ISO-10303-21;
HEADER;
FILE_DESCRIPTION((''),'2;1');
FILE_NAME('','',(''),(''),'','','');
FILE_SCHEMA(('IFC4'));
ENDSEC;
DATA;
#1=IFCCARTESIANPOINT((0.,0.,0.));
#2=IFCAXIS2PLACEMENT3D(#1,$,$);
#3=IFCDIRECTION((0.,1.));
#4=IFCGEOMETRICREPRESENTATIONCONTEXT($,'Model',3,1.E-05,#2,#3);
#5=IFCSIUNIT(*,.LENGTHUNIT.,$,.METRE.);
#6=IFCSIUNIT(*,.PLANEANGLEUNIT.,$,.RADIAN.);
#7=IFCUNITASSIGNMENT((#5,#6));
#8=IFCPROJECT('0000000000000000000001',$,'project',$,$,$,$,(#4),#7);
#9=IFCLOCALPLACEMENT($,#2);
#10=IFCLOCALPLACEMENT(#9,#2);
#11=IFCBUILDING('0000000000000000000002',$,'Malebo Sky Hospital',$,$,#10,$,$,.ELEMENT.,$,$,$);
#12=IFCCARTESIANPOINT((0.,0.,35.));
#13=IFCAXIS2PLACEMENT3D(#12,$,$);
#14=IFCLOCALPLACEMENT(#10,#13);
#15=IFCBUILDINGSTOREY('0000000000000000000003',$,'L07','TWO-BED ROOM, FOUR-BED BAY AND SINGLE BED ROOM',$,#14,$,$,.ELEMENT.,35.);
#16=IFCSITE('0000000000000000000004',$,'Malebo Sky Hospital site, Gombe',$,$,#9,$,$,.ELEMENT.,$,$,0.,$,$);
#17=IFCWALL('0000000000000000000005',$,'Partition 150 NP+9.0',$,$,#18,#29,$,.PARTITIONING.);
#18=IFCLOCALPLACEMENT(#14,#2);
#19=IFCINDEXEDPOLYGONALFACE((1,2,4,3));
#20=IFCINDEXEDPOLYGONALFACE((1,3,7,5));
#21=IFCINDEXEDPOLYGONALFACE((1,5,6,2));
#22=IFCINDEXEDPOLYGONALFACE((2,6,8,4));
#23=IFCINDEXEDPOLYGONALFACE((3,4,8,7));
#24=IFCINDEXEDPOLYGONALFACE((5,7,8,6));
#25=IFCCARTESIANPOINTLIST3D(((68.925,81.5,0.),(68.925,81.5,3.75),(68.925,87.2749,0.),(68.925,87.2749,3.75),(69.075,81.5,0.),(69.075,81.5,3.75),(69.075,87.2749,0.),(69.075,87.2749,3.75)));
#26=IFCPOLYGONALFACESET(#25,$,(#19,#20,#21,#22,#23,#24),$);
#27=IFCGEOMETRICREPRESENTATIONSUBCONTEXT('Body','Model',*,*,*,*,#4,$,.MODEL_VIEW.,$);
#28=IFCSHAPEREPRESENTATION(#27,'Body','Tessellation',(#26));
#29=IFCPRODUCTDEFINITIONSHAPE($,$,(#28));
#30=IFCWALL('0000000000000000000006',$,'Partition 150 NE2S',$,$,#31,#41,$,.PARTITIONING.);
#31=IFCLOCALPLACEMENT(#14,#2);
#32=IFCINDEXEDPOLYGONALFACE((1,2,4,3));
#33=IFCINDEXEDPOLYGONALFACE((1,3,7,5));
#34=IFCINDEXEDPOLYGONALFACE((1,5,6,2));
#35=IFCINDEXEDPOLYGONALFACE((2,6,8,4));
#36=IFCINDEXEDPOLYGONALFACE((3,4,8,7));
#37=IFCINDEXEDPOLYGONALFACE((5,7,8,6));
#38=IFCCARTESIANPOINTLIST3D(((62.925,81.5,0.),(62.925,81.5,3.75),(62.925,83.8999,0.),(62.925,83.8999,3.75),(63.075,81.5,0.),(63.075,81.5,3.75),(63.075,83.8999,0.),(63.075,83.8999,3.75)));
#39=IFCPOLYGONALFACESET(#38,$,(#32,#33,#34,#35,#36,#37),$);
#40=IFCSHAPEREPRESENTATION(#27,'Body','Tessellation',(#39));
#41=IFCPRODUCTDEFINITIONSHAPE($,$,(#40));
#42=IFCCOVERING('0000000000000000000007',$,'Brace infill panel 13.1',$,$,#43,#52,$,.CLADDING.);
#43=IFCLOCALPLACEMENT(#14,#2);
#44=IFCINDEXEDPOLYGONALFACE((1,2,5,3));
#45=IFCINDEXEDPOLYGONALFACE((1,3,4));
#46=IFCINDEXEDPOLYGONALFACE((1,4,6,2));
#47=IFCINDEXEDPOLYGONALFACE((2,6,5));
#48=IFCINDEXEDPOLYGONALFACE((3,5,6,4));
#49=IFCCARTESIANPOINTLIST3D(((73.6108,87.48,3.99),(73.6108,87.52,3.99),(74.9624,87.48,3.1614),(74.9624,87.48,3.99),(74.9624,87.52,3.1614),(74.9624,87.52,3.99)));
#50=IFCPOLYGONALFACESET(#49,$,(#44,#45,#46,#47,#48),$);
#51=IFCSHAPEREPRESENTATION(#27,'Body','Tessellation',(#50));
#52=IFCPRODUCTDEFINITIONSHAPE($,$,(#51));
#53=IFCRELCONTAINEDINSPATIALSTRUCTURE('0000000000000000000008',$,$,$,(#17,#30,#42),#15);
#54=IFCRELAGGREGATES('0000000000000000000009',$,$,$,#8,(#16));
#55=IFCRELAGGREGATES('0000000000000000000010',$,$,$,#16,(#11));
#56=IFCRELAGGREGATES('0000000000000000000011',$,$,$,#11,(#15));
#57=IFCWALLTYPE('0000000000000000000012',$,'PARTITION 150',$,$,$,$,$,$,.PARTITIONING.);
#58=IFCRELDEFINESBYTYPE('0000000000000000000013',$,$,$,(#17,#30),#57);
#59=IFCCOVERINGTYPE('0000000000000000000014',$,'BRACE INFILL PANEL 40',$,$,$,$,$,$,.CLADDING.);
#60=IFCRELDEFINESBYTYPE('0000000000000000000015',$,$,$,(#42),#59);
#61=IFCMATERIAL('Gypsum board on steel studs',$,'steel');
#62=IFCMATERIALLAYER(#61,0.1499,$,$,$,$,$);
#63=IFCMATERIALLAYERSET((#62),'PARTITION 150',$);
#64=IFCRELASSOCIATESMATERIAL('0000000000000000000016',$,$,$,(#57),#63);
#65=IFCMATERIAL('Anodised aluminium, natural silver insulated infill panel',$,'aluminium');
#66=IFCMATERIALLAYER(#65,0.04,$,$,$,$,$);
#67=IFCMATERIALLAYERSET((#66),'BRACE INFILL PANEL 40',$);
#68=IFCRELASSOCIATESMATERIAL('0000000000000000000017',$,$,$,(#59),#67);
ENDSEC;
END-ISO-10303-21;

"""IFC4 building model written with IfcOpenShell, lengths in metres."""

from ifc_helpers import new_model, si_unit, direction, frame, frame_2d, origin, place, context, subcontext, project, spatial, polyline, rectangle, outline, extrude, material, layer, layer_set, type_object, element, save


model = new_model("IFC4")

# Units and contexts
model_context = context("Model", 3, precision=1e-05, world=origin(), true_north=direction((0.0, 1.0)))
body_context = subcontext(model_context, "Body", "Model", "MODEL_VIEW")
ifc_project = project(units=[si_unit("LENGTHUNIT", "METRE"), si_unit("PLANEANGLEUNIT", "RADIAN")], contexts=[model_context])

# Site, building, storey
site_placement = place(None, origin())
site = spatial("IfcSite", under=ifc_project, at=site_placement, Name="Malebo Sky Hospital site, Gombe", CompositionType="ELEMENT", RefElevation=0.0)
building_placement = place(site_placement, origin())
building = spatial("IfcBuilding", under=site, at=building_placement, Name="Malebo Sky Hospital", CompositionType="ELEMENT")
storey_placement = place(building_placement, frame((0.0, 0.0, 35.0)))
storey = spatial("IfcBuildingStorey", under=building, at=storey_placement, Name="L07", Description="TWO-BED ROOM, FOUR-BED BAY AND SINGLE BED ROOM", CompositionType="ELEMENT", Elevation=35.0)

# Shared definitions
ifc_material_1 = material(Name="Gypsum board on steel studs", Category="steel")

# Walls
ifc_layer_1 = layer(ifc_material_1, 0.1499)
ifc_layer_set_1 = layer_set([ifc_layer_1], Name="PARTITION 150")
wall_type_1 = type_object("IfcWallType", Name="PARTITION 150", PredefinedType="PARTITIONING", material=ifc_layer_set_1)
wall_1_placement = place(storey_placement, frame((69.0, 81.5, 0.0), z_axis=(0.0, 0.0, 1.0), x_axis=(0.0, 1.0, 0.0)))
element("IfcWall", 1, at=wall_1_placement, inside=storey, type_object=wall_type_1, Name="Partition 150 NP+9.0", PredefinedType="PARTITIONING", context=body_context, shape_type="SweptSolid", body=[
    extrude(rectangle(XDim=5.7749, YDim=0.1499, at=frame_2d((2.8875, 0.0))), origin(), (0.0, 0.0, 1.0), 3.75),
])
wall_2_placement = place(storey_placement, frame((63.0, 81.5, 0.0), z_axis=(0.0, 0.0, 1.0), x_axis=(0.0, 1.0, 0.0)))
element("IfcWall", 2, at=wall_2_placement, inside=storey, type_object=wall_type_1, Name="Partition 150 NE2S", PredefinedType="PARTITIONING", context=body_context, shape_type="SweptSolid", body=[
    extrude(rectangle(XDim=2.3999, YDim=0.1499, at=frame_2d((1.2, 0.0))), origin(), (0.0, 0.0, 1.0), 3.75),
])

# Covering
ifc_material_2 = material(Name="Anodised aluminium, natural silver insulated infill panel", Category="aluminium")
ifc_layer_2 = layer(ifc_material_2, 0.04)
ifc_layer_set_2 = layer_set([ifc_layer_2], Name="BRACE INFILL PANEL 40")
covering_type = type_object("IfcCoveringType", Name="BRACE INFILL PANEL 40", PredefinedType="CLADDING", material=ifc_layer_set_2)
covering_placement = place(storey_placement, frame((74.2866, 87.5, 3.1614), z_axis=(0.0, 0.0, 1.0), x_axis=(1.0, 0.0, 0.0)))
element("IfcCovering", 3, at=covering_placement, inside=storey, type_object=covering_type, Name="Brace infill panel 13.1", PredefinedType="CLADDING", context=body_context, shape_type="SweptSolid", body=[
    extrude(outline(polyline([(0.6758, 0.0), (0.6758, 0.8286), (-0.6758, 0.8286), (0.6758, 0.0)])), frame((0.0, 0.02, 0.0), z_axis=(0.0, -1.0, 0.0), x_axis=(1.0, 0.0, 0.0)), (0.0, 0.0, 1.0), 0.04),
])

save(model, "model.ifc")
